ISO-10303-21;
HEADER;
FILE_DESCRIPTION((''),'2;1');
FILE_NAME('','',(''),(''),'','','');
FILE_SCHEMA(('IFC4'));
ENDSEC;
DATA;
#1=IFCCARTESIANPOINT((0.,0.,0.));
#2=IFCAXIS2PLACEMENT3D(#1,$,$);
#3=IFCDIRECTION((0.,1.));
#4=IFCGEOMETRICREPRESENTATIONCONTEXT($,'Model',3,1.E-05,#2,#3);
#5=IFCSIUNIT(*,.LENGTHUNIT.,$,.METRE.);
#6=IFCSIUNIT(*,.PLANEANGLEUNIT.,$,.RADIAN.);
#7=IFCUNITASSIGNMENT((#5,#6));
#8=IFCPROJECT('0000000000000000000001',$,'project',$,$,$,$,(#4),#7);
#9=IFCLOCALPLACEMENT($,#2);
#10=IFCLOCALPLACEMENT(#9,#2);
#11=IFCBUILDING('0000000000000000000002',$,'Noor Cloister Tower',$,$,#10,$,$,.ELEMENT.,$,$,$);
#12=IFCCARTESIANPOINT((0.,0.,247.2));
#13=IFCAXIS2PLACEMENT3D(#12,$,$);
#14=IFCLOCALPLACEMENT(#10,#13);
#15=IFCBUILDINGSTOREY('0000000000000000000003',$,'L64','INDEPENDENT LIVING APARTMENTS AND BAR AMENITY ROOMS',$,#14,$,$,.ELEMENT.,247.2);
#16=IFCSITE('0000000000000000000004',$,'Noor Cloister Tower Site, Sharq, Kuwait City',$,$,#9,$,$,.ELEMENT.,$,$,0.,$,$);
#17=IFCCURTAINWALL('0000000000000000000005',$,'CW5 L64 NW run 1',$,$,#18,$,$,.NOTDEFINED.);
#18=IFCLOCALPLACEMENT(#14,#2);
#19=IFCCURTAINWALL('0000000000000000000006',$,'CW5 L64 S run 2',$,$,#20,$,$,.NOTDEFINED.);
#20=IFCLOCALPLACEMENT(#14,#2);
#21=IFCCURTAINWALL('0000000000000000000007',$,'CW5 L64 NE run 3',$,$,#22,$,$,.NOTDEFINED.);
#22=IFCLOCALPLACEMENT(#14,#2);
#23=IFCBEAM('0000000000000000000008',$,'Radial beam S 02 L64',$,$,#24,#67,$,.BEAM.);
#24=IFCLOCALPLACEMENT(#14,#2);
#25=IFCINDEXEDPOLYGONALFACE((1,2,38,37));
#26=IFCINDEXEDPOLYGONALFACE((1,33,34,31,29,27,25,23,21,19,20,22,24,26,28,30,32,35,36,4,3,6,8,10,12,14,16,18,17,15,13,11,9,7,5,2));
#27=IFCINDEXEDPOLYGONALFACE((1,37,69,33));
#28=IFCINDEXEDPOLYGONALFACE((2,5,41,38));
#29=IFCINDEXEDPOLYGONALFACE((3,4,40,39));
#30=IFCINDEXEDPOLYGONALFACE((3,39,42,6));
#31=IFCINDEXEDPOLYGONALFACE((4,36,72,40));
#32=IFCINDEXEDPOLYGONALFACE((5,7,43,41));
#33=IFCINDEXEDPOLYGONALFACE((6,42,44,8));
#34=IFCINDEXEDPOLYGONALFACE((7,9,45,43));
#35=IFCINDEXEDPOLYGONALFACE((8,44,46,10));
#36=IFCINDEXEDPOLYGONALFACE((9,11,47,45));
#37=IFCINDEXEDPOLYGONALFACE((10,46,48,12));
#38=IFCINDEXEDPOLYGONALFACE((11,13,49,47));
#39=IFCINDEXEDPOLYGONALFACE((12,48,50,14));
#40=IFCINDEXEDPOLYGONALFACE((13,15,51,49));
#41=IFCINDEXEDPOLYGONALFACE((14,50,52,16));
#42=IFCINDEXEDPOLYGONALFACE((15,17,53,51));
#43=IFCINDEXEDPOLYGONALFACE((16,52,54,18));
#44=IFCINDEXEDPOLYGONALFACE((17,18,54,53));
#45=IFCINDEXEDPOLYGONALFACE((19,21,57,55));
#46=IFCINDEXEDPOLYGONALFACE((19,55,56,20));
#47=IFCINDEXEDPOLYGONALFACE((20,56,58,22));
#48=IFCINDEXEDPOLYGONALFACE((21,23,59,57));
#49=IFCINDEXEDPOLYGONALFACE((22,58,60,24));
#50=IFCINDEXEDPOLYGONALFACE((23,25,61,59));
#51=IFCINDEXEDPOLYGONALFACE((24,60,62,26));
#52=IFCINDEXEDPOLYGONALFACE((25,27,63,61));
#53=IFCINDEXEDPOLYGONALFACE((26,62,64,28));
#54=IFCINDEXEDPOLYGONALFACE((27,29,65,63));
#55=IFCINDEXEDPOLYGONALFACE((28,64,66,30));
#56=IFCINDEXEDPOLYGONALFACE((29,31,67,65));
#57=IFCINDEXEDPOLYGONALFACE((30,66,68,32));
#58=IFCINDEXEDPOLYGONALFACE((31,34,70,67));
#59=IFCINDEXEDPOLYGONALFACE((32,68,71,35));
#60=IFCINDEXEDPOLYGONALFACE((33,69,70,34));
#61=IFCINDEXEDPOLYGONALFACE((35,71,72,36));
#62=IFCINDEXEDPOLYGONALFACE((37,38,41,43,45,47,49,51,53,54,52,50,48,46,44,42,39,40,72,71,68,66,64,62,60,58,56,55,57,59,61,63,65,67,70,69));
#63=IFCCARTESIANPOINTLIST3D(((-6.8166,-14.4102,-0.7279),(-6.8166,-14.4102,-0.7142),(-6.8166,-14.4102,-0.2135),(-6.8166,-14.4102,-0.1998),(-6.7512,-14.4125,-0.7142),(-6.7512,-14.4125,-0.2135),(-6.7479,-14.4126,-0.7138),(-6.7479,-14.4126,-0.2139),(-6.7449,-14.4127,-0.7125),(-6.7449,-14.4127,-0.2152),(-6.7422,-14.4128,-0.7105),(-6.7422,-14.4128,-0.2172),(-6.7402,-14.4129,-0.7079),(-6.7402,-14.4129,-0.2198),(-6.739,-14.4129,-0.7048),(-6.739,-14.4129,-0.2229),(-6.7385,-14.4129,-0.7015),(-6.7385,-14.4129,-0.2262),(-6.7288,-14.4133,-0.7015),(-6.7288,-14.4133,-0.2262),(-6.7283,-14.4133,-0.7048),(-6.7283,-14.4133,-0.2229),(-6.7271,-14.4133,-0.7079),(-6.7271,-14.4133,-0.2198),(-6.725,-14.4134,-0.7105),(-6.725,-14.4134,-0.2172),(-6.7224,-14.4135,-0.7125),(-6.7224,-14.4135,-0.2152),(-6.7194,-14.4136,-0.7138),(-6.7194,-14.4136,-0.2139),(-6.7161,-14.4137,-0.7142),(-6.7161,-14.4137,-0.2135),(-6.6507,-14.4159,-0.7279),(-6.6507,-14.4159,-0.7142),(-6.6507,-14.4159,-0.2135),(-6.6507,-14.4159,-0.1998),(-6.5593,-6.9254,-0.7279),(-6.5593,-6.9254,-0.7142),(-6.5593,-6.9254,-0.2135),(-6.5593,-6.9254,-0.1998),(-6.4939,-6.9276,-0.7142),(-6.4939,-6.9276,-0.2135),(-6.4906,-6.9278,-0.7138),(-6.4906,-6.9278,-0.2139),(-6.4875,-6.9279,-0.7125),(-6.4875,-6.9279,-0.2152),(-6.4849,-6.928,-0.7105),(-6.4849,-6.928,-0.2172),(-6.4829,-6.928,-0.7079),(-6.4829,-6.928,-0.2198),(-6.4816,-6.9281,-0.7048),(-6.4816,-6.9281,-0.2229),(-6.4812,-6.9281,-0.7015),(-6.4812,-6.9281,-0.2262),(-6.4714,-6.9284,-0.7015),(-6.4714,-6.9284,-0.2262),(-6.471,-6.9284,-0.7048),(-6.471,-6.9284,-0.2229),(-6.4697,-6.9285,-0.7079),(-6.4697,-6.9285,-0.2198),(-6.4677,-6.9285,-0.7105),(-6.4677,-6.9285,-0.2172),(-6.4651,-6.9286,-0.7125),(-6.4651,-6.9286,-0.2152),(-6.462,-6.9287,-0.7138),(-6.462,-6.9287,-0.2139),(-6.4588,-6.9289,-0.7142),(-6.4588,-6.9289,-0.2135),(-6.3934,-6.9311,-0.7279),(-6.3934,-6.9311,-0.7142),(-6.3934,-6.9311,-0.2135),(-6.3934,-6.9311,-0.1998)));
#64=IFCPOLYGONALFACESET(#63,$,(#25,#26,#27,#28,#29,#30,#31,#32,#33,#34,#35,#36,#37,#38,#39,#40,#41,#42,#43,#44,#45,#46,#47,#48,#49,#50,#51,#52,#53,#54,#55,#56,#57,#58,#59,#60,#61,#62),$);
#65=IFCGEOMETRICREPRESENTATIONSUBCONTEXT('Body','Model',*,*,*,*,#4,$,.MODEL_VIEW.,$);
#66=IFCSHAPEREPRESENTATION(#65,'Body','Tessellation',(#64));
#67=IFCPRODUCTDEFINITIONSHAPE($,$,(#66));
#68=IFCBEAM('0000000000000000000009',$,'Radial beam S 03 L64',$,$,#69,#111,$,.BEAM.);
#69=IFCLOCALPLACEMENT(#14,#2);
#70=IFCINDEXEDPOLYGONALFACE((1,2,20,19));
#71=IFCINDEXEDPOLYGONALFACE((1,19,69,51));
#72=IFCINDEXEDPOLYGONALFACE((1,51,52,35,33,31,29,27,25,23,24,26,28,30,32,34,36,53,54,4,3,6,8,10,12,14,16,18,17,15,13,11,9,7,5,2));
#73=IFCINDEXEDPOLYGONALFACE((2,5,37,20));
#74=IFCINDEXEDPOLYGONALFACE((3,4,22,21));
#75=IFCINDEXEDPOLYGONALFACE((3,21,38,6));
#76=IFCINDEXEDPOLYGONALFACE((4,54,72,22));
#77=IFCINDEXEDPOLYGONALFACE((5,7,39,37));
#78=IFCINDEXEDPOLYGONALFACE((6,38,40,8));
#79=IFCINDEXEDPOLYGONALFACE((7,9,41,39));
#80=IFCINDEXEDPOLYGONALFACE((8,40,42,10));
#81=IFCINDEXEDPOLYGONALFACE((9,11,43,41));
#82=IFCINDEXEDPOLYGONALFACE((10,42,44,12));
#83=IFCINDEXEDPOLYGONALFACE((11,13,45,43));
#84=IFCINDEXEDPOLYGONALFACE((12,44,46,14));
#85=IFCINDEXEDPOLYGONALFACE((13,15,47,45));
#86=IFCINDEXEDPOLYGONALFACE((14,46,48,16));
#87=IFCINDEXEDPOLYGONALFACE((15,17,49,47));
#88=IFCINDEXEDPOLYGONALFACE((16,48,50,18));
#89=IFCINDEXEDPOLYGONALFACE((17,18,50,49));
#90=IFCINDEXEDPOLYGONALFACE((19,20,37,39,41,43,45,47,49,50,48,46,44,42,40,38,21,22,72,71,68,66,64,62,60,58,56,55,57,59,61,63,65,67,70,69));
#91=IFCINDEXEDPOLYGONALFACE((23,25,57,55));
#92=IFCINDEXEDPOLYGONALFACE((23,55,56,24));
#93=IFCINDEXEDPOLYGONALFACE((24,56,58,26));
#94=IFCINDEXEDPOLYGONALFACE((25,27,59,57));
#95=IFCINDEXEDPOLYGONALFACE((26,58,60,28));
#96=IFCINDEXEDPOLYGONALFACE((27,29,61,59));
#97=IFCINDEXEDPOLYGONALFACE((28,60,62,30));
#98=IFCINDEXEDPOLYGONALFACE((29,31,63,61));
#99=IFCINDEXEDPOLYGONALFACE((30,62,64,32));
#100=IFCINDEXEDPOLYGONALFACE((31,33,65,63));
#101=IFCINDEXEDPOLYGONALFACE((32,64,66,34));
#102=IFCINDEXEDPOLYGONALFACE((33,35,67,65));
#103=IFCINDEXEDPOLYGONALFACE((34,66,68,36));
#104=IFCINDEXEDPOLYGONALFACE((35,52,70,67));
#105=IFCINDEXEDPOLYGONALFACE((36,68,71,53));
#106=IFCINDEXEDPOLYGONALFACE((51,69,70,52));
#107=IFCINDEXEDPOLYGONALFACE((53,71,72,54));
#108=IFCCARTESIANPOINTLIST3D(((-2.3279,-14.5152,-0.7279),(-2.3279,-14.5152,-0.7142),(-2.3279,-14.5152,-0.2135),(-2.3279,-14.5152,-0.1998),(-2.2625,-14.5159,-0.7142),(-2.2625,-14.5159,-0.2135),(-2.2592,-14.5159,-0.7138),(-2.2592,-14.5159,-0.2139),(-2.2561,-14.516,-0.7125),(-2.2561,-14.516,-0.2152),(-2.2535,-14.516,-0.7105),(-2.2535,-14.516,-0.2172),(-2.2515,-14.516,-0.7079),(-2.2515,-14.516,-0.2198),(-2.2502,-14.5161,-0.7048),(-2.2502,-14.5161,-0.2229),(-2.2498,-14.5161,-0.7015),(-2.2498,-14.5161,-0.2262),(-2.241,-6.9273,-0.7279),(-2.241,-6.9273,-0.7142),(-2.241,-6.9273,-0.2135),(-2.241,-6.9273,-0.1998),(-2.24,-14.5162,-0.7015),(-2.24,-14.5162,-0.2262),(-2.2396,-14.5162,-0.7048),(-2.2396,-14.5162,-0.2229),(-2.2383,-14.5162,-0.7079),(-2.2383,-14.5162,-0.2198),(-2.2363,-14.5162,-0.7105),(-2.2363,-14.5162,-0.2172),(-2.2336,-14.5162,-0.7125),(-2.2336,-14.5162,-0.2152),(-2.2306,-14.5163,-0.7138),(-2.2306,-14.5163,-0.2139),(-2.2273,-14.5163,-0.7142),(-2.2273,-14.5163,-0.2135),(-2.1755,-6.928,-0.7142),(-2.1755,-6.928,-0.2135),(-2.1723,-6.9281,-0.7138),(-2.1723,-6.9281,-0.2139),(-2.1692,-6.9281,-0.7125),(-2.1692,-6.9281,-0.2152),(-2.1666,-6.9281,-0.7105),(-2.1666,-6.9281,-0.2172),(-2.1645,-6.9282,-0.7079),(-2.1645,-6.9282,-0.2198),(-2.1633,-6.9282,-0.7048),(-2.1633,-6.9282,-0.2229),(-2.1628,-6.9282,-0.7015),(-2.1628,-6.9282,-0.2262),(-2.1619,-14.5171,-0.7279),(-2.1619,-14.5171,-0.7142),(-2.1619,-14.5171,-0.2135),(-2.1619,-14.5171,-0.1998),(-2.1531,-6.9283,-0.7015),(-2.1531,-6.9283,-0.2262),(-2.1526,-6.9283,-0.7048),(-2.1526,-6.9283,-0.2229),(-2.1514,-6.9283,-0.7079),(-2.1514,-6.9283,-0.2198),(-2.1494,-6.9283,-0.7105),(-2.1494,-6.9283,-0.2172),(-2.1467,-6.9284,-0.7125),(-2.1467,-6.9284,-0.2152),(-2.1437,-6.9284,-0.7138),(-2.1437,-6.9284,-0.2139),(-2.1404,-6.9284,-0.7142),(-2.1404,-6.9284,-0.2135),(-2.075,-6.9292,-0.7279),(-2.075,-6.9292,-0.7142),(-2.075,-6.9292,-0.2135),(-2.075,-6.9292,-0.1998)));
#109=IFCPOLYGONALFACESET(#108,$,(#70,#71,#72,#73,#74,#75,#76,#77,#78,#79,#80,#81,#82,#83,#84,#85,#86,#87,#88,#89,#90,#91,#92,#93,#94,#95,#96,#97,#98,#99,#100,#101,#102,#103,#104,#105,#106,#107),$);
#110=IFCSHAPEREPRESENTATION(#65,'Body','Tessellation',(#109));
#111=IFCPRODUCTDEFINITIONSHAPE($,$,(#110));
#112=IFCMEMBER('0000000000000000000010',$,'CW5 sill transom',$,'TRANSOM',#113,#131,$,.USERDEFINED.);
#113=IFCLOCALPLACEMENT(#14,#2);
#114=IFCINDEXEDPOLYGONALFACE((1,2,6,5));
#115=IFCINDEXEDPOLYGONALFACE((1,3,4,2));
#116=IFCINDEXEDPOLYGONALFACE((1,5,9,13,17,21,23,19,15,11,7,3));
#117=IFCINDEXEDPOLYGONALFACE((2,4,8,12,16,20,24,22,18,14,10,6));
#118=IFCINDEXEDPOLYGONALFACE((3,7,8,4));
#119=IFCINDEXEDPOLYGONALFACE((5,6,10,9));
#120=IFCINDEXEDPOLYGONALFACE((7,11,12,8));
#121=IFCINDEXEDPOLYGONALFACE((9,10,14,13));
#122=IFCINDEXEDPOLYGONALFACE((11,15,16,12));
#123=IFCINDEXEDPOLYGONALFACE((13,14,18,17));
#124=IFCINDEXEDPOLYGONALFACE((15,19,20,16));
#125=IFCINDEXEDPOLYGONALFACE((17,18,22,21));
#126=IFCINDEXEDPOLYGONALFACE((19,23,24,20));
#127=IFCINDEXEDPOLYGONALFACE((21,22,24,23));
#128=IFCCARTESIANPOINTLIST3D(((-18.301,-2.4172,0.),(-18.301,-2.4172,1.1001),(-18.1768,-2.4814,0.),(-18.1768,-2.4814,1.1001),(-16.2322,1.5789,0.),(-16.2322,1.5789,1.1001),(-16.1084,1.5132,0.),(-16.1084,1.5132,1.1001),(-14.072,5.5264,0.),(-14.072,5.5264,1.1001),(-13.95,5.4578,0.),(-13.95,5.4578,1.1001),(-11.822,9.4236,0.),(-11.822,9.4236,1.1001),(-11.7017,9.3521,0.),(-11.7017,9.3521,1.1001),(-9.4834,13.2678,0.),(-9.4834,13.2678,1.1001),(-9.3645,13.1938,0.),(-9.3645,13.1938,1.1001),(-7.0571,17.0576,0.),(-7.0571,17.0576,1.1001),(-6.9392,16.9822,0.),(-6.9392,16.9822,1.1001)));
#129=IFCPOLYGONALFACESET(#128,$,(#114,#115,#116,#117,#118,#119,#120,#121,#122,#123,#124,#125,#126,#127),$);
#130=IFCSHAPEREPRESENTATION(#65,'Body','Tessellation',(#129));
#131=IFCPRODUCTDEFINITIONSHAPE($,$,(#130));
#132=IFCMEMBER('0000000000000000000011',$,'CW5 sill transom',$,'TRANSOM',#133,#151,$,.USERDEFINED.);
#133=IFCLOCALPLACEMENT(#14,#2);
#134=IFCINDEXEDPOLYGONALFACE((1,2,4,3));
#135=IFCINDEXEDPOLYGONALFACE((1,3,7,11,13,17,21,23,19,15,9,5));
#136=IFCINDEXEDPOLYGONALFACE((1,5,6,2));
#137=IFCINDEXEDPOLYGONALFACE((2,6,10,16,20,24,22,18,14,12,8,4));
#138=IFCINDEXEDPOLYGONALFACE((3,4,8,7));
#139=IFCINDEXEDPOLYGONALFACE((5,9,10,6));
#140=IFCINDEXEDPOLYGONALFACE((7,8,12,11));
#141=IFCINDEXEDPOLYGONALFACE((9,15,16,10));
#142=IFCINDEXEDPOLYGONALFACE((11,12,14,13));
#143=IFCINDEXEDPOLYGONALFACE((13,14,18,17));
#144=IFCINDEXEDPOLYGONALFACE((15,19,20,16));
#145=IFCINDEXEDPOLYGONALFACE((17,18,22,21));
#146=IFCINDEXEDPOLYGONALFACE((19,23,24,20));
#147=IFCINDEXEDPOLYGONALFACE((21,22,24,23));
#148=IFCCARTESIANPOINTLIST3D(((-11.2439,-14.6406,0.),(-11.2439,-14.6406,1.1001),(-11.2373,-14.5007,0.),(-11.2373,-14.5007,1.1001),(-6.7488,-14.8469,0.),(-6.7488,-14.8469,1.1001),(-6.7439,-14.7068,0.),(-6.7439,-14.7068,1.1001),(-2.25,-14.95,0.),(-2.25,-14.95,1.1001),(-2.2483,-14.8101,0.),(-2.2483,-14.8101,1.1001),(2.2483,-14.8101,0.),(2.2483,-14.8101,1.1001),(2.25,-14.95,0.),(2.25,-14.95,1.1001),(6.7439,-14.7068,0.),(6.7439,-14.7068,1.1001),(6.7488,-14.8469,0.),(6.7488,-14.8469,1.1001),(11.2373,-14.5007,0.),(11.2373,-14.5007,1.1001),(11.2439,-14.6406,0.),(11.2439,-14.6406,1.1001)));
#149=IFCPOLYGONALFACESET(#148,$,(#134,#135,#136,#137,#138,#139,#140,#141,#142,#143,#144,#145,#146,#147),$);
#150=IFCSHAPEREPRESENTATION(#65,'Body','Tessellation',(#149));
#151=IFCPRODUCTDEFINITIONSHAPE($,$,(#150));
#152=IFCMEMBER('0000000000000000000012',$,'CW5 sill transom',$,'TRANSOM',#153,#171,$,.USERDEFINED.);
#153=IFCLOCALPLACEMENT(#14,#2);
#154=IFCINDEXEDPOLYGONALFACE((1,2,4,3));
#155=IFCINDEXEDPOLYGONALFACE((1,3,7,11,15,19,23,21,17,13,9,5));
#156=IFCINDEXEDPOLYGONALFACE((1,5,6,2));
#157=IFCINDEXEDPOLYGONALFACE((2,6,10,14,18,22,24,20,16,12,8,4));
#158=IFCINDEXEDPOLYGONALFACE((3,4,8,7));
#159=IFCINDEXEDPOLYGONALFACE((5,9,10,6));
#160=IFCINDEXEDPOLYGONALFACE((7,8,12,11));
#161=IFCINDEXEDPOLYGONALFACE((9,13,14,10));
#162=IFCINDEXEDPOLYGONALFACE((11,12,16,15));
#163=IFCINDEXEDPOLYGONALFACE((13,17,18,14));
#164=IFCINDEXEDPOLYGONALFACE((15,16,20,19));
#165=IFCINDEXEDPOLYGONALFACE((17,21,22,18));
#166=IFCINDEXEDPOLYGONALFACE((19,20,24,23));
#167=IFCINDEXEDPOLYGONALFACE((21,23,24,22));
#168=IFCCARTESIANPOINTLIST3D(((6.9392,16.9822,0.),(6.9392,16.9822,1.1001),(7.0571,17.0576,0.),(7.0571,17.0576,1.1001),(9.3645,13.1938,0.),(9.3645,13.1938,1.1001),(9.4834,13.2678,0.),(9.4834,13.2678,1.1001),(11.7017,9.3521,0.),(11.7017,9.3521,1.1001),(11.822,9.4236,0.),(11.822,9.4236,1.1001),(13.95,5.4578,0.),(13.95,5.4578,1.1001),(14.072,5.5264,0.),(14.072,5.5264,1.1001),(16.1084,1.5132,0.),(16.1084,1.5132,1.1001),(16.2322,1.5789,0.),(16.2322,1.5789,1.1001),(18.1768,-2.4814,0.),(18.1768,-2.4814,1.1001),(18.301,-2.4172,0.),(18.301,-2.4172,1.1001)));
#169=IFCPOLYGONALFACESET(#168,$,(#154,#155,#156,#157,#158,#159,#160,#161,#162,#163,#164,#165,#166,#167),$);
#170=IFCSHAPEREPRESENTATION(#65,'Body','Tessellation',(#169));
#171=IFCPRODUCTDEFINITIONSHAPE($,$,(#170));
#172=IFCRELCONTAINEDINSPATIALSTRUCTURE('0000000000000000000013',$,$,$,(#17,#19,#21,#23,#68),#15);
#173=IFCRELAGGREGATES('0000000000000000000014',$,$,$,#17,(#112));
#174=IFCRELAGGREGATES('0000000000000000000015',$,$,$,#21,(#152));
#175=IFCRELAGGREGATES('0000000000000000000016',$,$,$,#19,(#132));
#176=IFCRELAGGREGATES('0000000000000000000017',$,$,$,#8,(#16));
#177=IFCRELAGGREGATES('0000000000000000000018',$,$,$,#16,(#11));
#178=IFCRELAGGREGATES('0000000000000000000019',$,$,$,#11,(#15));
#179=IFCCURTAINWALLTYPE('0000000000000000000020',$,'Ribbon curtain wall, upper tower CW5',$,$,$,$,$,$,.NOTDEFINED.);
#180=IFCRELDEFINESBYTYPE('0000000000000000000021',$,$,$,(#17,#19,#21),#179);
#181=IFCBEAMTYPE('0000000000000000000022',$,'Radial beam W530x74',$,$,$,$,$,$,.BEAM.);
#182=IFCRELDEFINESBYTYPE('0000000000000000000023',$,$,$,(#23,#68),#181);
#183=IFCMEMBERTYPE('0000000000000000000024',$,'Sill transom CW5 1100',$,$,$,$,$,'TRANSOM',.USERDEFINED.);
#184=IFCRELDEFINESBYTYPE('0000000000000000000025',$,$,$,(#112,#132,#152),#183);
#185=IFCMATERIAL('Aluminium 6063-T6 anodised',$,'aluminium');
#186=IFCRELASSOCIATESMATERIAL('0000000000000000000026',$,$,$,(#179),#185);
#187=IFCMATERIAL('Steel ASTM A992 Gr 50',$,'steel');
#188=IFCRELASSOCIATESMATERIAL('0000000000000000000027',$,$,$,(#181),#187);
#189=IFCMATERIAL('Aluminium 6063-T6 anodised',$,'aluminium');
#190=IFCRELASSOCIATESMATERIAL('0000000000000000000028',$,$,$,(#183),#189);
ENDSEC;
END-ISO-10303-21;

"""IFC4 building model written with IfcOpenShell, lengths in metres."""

from ifc_helpers import new_model, si_unit, direction, frame, origin, origin_2d, place, context, subcontext, project, spatial, polyline, i_section, outline, extrude, material, material_profile, profile_set, type_object, element, aggregate, save


model = new_model("IFC4")

# Units and contexts
model_context = context("Model", 3, precision=1e-05, world=origin(), true_north=direction((0.0, 1.0)))
body_context = subcontext(model_context, "Body", "Model", "MODEL_VIEW")
ifc_project = project(units=[si_unit("LENGTHUNIT", "METRE"), si_unit("PLANEANGLEUNIT", "RADIAN")], contexts=[model_context])

# Site, building, storey
site_placement = place(None, origin())
site = spatial("IfcSite", under=ifc_project, at=site_placement, Name="Noor Cloister Tower Site, Sharq, Kuwait City", CompositionType="ELEMENT", RefElevation=0.0)
building_placement = place(site_placement, origin())
building = spatial("IfcBuilding", under=site, at=building_placement, Name="Noor Cloister Tower", CompositionType="ELEMENT")
storey_placement = place(building_placement, frame((0.0, 0.0, 247.2)))
storey = spatial("IfcBuildingStorey", under=building, at=storey_placement, Name="L64", Description="INDEPENDENT LIVING APARTMENTS AND BAR AMENITY ROOMS", CompositionType="ELEMENT", Elevation=247.2)

# Curtain walls
ifc_material_1 = material(Name="Aluminium 6063-T6 anodised", Category="aluminium")
curtain_wall_type = type_object("IfcCurtainWallType", Name="Ribbon curtain wall, upper tower CW5", PredefinedType="NOTDEFINED", material=ifc_material_1)
curtain_wall_1_placement = place(storey_placement, origin())
curtain_wall_1 = element("IfcCurtainWall", 1, at=curtain_wall_1_placement, inside=storey, type_object=curtain_wall_type, Name="CW5 L64 NW run 1", PredefinedType="NOTDEFINED")
curtain_wall_2_placement = place(storey_placement, origin())
curtain_wall_2 = element("IfcCurtainWall", 2, at=curtain_wall_2_placement, inside=storey, type_object=curtain_wall_type, Name="CW5 L64 S run 2", PredefinedType="NOTDEFINED")
curtain_wall_3_placement = place(storey_placement, origin())
curtain_wall_3 = element("IfcCurtainWall", 3, at=curtain_wall_3_placement, inside=storey, type_object=curtain_wall_type, Name="CW5 L64 NE run 3", PredefinedType="NOTDEFINED")

# Beams
ifc_material_2 = material(Name="Steel ASTM A992 Gr 50", Category="steel")
ifc_material_profile_1 = material_profile(ifc_material_2, i_section(OverallWidth=0.166, OverallDepth=0.5281, WebThickness=0.0098, FlangeThickness=0.0137, FilletRadius=0.0127, at=origin_2d()), Name="W530x74")
ifc_profile_set_1 = profile_set([ifc_material_profile_1], Name="Steel ASTM A992 Gr 50")
beam_type_1 = type_object("IfcBeamType", Name="Radial beam W530x74", PredefinedType="BEAM", material=ifc_profile_set_1)
beam_1_placement = place(storey_placement, frame((-6.7336, -14.4131, -0.4639), z_axis=(0.034359, 0.99941, 0.0), x_axis=(-0.99941, 0.034359, 0.0)))
element("IfcBeam", 4, at=beam_1_placement, inside=storey, type_object=beam_type_1, Name="Radial beam S 02 L64", PredefinedType="BEAM", context=body_context, shape_type="SweptSolid", body=[
    extrude(i_section(OverallWidth=0.166, OverallDepth=0.5281, WebThickness=0.0098, FlangeThickness=0.0137, FilletRadius=0.0127, at=origin_2d()), origin(), (0.0, 0.0, 1.0), 7.4893),
])
beam_2_placement = place(storey_placement, frame((-2.2449, -14.5161, -0.4639), z_axis=(0.011454, 0.999934, 0.0), x_axis=(-0.999934, 0.011454, 0.0)))
element("IfcBeam", 5, at=beam_2_placement, inside=storey, type_object=beam_type_1, Name="Radial beam S 03 L64", PredefinedType="BEAM", context=body_context, shape_type="SweptSolid", body=[
    extrude(i_section(OverallWidth=0.166, OverallDepth=0.5281, WebThickness=0.0098, FlangeThickness=0.0137, FilletRadius=0.0127, at=origin_2d()), origin(), (0.0, 0.0, 1.0), 7.5884),
])

# Members
ifc_material_3 = material(Name="Aluminium 6063-T6 anodised", Category="aluminium")
member_type_1 = type_object("IfcMemberType", Name="Sill transom CW5 1100", ElementType="TRANSOM", PredefinedType="USERDEFINED", material=ifc_material_3)
member_1_placement = place(storey_placement, origin())
member_1 = element("IfcMember", 6, at=member_1_placement, type_object=member_type_1, Name="CW5 sill transom", ObjectType="TRANSOM", PredefinedType="USERDEFINED", context=body_context, shape_type="SweptSolid", body=[
    extrude(outline(polyline([(-7.0571, 17.0576), (-9.4834, 13.2678), (-11.822, 9.4236), (-14.072, 5.5264), (-16.2322, 1.5789), (-18.301, -2.4172), (-18.1768, -2.4814), (-16.1084, 1.5132), (-13.95, 5.4578), (-11.7017, 9.3521), (-9.3645, 13.1938), (-6.9392, 16.9822), (-7.0571, 17.0576)])), origin(), (0.0, 0.0, 1.0), 1.1001),
])
aggregate(curtain_wall_1, [member_1])
member_2_placement = place(storey_placement, origin())
member_2 = element("IfcMember", 7, at=member_2_placement, type_object=member_type_1, Name="CW5 sill transom", ObjectType="TRANSOM", PredefinedType="USERDEFINED", context=body_context, shape_type="SweptSolid", body=[
    extrude(outline(polyline([(-11.2439, -14.6406), (-6.7488, -14.8469), (-2.25, -14.95), (2.25, -14.95), (6.7488, -14.8469), (11.2439, -14.6406), (11.2373, -14.5007), (6.7439, -14.7068), (2.2483, -14.8101), (-2.2483, -14.8101), (-6.7439, -14.7068), (-11.2373, -14.5007), (-11.2439, -14.6406)])), origin(), (0.0, 0.0, 1.0), 1.1001),
])
member_3_placement = place(storey_placement, origin())
member_3 = element("IfcMember", 8, at=member_3_placement, type_object=member_type_1, Name="CW5 sill transom", ObjectType="TRANSOM", PredefinedType="USERDEFINED", context=body_context, shape_type="SweptSolid", body=[
    extrude(outline(polyline([(18.301, -2.4172), (16.2322, 1.5789), (14.072, 5.5264), (11.822, 9.4236), (9.4834, 13.2678), (7.0571, 17.0576), (6.9392, 16.9822), (9.3645, 13.1938), (11.7017, 9.3521), (13.95, 5.4578), (16.1084, 1.5132), (18.1768, -2.4814), (18.301, -2.4172)])), origin(), (0.0, 0.0, 1.0), 1.1001),
])
aggregate(curtain_wall_3, [member_3])

aggregate(curtain_wall_2, [member_2])

save(model, "model.ifc")
